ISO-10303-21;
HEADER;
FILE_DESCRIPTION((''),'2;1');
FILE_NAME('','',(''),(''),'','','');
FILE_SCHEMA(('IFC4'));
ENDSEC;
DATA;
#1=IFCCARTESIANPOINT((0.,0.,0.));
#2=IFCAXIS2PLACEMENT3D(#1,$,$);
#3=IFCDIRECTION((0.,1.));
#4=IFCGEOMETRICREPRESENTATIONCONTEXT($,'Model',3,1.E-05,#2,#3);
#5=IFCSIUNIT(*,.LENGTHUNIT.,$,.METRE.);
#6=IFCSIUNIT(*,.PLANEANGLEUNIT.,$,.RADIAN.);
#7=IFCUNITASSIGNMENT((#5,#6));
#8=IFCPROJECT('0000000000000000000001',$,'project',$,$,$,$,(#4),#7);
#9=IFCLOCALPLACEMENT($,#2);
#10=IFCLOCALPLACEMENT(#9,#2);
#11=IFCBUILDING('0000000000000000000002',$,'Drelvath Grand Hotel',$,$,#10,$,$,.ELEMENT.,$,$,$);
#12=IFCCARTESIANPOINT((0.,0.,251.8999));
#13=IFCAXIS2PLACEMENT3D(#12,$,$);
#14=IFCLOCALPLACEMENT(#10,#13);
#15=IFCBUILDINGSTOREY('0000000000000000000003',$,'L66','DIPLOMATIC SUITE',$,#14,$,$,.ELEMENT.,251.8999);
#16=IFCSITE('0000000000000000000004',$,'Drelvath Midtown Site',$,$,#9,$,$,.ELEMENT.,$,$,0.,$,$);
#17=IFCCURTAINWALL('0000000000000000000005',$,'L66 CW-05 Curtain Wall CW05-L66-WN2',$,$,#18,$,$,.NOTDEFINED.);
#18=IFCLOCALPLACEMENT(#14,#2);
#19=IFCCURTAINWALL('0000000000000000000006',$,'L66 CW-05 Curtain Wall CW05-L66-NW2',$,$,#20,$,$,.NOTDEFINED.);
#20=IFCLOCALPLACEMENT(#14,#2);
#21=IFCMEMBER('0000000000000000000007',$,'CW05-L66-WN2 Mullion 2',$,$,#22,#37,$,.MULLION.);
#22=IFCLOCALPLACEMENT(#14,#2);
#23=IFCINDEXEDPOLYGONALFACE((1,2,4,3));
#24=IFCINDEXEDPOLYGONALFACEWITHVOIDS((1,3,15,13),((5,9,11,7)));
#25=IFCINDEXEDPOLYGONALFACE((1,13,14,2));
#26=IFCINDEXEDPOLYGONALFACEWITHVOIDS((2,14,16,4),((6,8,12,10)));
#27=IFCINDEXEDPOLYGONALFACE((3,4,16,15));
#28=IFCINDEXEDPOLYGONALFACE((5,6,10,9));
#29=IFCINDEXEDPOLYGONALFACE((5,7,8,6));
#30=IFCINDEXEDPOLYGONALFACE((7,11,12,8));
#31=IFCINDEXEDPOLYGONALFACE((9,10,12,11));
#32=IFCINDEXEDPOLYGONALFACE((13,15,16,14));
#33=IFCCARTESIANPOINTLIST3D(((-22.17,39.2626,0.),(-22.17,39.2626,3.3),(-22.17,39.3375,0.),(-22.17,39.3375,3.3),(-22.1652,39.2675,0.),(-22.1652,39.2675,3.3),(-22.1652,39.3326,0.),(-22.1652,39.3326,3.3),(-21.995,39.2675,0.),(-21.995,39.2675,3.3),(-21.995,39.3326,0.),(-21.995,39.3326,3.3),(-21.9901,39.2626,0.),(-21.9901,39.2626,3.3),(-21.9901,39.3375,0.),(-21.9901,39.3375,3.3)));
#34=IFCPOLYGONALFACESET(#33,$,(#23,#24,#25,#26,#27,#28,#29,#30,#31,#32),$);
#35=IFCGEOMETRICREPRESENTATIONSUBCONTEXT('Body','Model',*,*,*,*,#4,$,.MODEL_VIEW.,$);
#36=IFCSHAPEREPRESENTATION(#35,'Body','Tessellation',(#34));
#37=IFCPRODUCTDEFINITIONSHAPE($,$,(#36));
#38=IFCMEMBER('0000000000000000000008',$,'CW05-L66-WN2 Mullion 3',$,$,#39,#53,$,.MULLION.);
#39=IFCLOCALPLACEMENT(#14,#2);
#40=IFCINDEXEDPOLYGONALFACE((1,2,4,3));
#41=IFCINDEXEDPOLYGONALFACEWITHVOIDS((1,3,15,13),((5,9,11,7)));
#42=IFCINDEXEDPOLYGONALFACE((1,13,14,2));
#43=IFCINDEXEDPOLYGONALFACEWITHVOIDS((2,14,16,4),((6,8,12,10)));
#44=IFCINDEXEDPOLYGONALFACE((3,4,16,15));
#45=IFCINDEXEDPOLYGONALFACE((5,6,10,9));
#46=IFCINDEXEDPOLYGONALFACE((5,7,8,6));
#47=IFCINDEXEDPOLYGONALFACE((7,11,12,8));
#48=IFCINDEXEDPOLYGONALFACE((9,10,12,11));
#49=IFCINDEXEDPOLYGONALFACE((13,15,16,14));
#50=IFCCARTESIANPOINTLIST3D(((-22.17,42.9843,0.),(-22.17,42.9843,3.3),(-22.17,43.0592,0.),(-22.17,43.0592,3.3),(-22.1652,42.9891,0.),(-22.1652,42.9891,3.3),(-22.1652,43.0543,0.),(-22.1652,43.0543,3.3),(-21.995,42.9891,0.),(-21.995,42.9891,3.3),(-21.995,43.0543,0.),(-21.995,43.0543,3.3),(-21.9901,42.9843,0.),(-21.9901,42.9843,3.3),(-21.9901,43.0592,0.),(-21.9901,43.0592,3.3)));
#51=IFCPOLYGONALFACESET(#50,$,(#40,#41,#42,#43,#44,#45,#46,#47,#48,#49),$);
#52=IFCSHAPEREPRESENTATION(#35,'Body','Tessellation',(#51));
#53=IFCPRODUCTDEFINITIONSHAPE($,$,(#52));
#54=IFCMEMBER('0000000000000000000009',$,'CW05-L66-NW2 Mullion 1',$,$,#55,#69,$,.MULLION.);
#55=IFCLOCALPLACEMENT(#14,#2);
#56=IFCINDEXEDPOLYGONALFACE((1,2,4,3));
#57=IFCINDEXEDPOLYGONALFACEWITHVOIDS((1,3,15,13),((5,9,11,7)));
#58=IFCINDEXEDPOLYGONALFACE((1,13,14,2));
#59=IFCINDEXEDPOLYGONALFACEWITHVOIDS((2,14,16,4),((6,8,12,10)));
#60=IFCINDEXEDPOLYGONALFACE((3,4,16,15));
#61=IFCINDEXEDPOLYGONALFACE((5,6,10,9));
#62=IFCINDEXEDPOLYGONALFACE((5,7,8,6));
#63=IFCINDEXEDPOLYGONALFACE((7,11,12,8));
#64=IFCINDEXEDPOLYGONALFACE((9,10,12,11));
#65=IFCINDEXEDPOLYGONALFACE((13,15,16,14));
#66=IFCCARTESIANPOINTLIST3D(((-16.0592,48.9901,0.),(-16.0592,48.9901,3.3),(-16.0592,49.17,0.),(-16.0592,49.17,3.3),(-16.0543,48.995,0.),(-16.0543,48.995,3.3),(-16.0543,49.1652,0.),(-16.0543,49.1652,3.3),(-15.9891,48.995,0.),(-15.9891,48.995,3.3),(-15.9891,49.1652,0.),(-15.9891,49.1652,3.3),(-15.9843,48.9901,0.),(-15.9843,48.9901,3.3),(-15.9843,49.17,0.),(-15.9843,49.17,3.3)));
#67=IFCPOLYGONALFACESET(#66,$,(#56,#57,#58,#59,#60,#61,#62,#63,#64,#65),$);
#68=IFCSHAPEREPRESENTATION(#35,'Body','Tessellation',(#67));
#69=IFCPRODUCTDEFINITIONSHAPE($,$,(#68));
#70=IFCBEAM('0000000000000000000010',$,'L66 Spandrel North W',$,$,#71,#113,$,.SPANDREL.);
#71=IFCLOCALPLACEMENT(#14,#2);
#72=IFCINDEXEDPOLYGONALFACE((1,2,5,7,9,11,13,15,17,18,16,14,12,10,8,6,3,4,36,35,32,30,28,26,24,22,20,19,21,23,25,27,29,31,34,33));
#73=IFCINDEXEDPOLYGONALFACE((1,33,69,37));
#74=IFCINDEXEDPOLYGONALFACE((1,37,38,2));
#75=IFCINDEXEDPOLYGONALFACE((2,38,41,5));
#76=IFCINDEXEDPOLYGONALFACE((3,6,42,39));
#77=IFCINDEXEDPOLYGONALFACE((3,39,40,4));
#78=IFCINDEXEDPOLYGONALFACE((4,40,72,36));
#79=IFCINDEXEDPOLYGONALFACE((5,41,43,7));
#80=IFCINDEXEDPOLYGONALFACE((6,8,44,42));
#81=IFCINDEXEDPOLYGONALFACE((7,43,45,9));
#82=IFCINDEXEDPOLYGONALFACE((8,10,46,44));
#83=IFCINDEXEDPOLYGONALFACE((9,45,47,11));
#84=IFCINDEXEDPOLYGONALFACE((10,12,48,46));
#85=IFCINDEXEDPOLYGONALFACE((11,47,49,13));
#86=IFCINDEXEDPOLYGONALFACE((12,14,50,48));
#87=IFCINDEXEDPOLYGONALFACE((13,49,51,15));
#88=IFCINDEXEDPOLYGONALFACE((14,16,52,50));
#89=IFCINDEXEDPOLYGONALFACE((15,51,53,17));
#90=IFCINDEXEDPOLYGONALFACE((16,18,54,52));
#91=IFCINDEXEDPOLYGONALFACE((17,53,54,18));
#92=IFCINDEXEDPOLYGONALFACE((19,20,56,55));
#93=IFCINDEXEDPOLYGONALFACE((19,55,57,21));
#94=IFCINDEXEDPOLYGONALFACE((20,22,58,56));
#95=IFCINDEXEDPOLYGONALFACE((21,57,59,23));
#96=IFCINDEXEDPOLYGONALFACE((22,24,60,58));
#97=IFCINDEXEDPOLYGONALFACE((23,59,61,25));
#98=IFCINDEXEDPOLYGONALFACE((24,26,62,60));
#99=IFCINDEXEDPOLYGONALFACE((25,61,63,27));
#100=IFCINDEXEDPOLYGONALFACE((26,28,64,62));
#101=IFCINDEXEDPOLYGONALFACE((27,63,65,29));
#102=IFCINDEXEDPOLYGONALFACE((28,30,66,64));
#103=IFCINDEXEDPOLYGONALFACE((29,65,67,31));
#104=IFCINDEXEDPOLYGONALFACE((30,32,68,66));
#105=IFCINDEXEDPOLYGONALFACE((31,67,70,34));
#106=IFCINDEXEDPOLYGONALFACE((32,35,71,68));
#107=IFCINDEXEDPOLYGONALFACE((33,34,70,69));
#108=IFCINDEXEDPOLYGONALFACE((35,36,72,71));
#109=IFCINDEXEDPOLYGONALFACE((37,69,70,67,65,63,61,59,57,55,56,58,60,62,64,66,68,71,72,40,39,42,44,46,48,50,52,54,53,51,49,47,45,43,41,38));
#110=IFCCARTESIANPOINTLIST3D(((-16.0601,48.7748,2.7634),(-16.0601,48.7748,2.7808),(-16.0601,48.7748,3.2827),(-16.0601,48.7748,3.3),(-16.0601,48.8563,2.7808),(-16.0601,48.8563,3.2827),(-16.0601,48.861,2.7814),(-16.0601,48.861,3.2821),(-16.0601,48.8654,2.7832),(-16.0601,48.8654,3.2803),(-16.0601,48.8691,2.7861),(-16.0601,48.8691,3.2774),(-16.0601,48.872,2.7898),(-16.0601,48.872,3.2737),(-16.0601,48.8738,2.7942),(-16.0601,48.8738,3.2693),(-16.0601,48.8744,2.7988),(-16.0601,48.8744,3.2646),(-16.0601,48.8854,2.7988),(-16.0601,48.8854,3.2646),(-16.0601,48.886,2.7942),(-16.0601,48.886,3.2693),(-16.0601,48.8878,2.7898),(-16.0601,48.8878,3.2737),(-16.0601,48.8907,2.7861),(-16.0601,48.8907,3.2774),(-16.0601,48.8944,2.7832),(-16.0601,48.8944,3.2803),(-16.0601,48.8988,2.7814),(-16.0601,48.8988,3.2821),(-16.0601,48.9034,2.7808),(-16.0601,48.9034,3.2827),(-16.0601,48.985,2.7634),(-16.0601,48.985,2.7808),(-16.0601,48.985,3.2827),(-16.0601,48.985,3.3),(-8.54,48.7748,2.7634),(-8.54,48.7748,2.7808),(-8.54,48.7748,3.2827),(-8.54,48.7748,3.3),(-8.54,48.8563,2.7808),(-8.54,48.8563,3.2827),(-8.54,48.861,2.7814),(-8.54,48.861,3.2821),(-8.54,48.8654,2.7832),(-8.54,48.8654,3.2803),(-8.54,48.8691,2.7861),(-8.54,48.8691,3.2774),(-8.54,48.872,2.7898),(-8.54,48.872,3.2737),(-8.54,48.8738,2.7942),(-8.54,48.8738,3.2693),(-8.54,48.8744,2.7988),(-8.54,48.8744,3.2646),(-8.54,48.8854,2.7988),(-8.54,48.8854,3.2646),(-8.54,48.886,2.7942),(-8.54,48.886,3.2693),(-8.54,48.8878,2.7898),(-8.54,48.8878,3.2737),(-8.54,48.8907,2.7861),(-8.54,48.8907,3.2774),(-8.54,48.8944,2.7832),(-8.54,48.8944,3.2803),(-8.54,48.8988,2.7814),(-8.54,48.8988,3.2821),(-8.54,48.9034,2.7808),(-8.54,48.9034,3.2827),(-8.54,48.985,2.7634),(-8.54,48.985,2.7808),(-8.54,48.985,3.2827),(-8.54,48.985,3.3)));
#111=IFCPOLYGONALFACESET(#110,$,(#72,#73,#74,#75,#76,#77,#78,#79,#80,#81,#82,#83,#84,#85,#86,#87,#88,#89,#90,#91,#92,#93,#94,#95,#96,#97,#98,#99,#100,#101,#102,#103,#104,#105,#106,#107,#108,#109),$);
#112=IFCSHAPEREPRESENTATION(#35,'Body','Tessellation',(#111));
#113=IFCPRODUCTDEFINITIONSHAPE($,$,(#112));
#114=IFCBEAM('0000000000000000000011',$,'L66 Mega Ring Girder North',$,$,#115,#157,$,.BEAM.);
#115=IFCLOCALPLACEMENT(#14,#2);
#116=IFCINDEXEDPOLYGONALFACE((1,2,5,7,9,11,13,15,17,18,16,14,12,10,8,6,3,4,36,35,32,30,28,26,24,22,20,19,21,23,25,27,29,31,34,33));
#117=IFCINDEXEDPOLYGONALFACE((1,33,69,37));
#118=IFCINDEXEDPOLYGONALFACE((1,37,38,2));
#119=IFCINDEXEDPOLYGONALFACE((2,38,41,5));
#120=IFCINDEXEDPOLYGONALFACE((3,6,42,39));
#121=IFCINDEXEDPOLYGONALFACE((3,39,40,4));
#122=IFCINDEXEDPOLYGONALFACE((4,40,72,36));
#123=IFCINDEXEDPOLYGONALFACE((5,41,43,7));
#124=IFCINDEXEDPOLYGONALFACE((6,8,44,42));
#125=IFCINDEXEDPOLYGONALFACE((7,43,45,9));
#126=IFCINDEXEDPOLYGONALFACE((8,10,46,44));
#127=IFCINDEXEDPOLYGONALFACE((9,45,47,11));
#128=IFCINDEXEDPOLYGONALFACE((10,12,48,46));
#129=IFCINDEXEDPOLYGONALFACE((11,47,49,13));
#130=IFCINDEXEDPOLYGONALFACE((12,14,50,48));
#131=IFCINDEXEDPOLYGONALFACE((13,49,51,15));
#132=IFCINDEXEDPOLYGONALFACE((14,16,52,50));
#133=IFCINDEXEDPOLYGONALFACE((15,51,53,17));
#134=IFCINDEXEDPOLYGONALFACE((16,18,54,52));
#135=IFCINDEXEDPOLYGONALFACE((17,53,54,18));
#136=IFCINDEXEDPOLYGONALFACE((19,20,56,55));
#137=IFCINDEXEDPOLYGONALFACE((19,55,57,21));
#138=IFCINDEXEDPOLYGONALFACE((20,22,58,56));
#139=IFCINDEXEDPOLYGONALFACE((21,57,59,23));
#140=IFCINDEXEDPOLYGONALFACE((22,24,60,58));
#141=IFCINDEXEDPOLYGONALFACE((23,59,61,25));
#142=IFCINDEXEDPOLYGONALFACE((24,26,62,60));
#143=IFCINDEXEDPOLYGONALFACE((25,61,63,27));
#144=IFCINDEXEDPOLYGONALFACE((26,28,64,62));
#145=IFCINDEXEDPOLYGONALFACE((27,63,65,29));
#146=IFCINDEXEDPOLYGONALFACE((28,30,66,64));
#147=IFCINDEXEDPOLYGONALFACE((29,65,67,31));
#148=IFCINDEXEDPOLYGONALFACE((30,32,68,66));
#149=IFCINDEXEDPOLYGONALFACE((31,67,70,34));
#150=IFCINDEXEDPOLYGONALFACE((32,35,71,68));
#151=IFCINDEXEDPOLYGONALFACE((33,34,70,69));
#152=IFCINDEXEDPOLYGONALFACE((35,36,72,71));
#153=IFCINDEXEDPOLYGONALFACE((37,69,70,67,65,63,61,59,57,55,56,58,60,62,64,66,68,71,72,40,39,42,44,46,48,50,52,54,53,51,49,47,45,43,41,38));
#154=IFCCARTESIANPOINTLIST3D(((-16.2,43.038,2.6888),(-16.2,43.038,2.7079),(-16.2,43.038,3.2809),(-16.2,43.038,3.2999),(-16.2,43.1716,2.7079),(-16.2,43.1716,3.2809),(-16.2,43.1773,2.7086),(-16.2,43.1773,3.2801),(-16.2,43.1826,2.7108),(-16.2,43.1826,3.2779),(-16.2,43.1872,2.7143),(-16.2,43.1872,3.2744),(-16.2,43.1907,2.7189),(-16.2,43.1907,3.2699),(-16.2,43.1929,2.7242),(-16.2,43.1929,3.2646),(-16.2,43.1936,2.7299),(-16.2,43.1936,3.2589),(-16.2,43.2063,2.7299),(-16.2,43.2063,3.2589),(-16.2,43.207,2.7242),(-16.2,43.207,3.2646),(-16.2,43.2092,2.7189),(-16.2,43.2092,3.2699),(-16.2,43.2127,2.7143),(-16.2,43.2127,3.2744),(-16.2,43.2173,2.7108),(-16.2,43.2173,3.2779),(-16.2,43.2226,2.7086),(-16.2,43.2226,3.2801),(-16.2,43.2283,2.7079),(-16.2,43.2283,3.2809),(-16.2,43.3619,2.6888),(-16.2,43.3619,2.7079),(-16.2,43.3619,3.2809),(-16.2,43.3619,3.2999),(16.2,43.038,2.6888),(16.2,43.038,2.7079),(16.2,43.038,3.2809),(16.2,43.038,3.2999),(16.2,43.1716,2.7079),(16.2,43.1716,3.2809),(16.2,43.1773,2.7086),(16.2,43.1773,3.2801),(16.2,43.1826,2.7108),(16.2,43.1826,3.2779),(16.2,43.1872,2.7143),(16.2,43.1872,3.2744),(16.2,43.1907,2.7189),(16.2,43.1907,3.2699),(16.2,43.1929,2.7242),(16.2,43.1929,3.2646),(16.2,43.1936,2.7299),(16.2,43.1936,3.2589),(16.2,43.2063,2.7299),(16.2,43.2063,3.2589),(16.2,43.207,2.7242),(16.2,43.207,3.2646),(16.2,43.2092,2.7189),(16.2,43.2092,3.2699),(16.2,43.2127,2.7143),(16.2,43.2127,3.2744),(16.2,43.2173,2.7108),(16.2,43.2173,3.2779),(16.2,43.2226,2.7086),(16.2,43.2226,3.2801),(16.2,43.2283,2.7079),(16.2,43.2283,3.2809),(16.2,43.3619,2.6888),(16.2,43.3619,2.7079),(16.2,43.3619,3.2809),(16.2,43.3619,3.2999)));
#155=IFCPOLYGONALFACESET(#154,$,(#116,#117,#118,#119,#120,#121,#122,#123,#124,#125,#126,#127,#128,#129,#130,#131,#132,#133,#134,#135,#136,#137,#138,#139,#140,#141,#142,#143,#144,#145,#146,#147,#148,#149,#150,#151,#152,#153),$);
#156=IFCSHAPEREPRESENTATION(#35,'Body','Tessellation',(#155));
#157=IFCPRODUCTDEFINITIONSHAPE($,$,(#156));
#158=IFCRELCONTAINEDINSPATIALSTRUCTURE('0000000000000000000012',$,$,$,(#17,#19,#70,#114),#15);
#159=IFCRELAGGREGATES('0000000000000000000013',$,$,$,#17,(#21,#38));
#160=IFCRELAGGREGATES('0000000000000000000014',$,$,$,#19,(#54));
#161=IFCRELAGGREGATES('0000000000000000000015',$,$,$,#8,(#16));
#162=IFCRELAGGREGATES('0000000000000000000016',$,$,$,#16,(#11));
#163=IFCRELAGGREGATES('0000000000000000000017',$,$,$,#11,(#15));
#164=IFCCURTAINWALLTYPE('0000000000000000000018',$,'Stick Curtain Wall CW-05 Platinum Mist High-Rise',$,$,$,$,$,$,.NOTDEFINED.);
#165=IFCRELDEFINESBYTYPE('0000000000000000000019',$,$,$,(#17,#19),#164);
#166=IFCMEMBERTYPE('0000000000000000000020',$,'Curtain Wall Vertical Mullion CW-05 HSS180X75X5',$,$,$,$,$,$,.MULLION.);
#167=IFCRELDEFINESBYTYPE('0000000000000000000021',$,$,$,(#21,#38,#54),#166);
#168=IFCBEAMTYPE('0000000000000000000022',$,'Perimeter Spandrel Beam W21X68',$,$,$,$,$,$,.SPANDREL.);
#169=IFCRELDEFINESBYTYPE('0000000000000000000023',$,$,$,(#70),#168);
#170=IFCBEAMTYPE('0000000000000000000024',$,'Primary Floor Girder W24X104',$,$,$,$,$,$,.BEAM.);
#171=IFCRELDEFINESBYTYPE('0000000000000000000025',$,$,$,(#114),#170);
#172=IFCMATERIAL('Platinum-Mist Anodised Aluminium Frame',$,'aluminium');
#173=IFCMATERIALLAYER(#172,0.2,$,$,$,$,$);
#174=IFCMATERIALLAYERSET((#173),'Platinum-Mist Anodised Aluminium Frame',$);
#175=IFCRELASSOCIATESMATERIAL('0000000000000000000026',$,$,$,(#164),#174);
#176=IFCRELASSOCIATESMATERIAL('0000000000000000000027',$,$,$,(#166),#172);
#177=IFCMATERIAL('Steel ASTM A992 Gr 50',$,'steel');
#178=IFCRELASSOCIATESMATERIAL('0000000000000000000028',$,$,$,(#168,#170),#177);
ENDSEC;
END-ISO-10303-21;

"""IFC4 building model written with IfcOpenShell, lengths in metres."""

from ifc_helpers import new_model, si_unit, direction, frame, origin, origin_2d, place, context, subcontext, project, spatial, hollow_rectangle, i_section, extrude, material, layer, layer_set, material_profile, profile_set, type_object, element, aggregate, save


model = new_model("IFC4")

# Units and contexts
model_context = context("Model", 3, precision=1e-05, world=origin(), true_north=direction((0.0, 1.0)))
body_context = subcontext(model_context, "Body", "Model", "MODEL_VIEW")
ifc_project = project(units=[si_unit("LENGTHUNIT", "METRE"), si_unit("PLANEANGLEUNIT", "RADIAN")], contexts=[model_context])

# Site, building, storey
site_placement = place(None, origin())
site = spatial("IfcSite", under=ifc_project, at=site_placement, Name="Drelvath Midtown Site", CompositionType="ELEMENT", RefElevation=0.0)
building_placement = place(site_placement, origin())
building = spatial("IfcBuilding", under=site, at=building_placement, Name="Drelvath Grand Hotel", CompositionType="ELEMENT")
storey_placement = place(building_placement, frame((0.0, 0.0, 251.8999)))
storey = spatial("IfcBuildingStorey", under=building, at=storey_placement, Name="L66", Description="DIPLOMATIC SUITE", CompositionType="ELEMENT", Elevation=251.8999)

# Shared definitions
ifc_material_1 = material(Name="Steel ASTM A992 Gr 50", Category="steel")

# Curtain walls
ifc_material_2 = material(Name="Platinum-Mist Anodised Aluminium Frame", Category="aluminium")
ifc_layer_1 = layer(ifc_material_2, 0.2)
ifc_layer_set_1 = layer_set([ifc_layer_1], Name="Platinum-Mist Anodised Aluminium Frame")
curtain_wall_type = type_object("IfcCurtainWallType", Name="Stick Curtain Wall CW-05 Platinum Mist High-Rise", PredefinedType="NOTDEFINED", material=ifc_layer_set_1)
curtain_wall_1_placement = place(storey_placement, origin())
curtain_wall_1 = element("IfcCurtainWall", 1, at=curtain_wall_1_placement, inside=storey, type_object=curtain_wall_type, Name="L66 CW-05 Curtain Wall CW05-L66-WN2", PredefinedType="NOTDEFINED")
curtain_wall_2_placement = place(storey_placement, origin())
curtain_wall_2 = element("IfcCurtainWall", 2, at=curtain_wall_2_placement, inside=storey, type_object=curtain_wall_type, Name="L66 CW-05 Curtain Wall CW05-L66-NW2", PredefinedType="NOTDEFINED")

# Members
ifc_material_profile_1 = material_profile(ifc_material_2, hollow_rectangle(XDim=0.075, YDim=0.1799, WallThickness=0.0049, at=origin_2d()), Name="HSS180X75X5")
ifc_profile_set_1 = profile_set([ifc_material_profile_1], Name="Platinum-Mist Anodised Aluminium Frame")
member_type_1 = type_object("IfcMemberType", Name="Curtain Wall Vertical Mullion CW-05 HSS180X75X5", PredefinedType="MULLION", material=ifc_profile_set_1)
member_1_placement = place(storey_placement, frame((-22.0801, 39.3, 0.0), z_axis=(0.0, 0.0, 1.0), x_axis=(0.0, 1.0, 0.0)))
member_1 = element("IfcMember", 3, at=member_1_placement, type_object=member_type_1, Name="CW05-L66-WN2 Mullion 2", PredefinedType="MULLION", context=body_context, shape_type="SweptSolid", body=[
    extrude(hollow_rectangle(XDim=0.075, YDim=0.1799, WallThickness=0.0049, at=origin_2d()), origin(), (0.0, 0.0, 1.0), 3.3),
])
member_2_placement = place(storey_placement, frame((-22.0801, 43.0217, 0.0), z_axis=(0.0, 0.0, 1.0), x_axis=(0.0, 1.0, 0.0)))
member_2 = element("IfcMember", 4, at=member_2_placement, type_object=member_type_1, Name="CW05-L66-WN2 Mullion 3", PredefinedType="MULLION", context=body_context, shape_type="SweptSolid", body=[
    extrude(hollow_rectangle(XDim=0.075, YDim=0.1799, WallThickness=0.0049, at=origin_2d()), origin(), (0.0, 0.0, 1.0), 3.3),
])
member_3_placement = place(storey_placement, frame((-16.0217, 49.0801, 0.0), z_axis=(0.0, 0.0, 1.0), x_axis=(1.0, 0.0, 0.0)))
member_3 = element("IfcMember", 5, at=member_3_placement, type_object=member_type_1, Name="CW05-L66-NW2 Mullion 1", PredefinedType="MULLION", context=body_context, shape_type="SweptSolid", body=[
    extrude(hollow_rectangle(XDim=0.075, YDim=0.1799, WallThickness=0.0049, at=origin_2d()), origin(), (0.0, 0.0, 1.0), 3.3),
])

# Beams
ifc_material_profile_2 = material_profile(ifc_material_1, i_section(OverallWidth=0.2102, OverallDepth=0.5366, WebThickness=0.011, FlangeThickness=0.0173, FilletRadius=0.0181, at=origin_2d()), Name="W21X68")
ifc_profile_set_2 = profile_set([ifc_material_profile_2], Name="Steel ASTM A992 Gr 50")
beam_type_1 = type_object("IfcBeamType", Name="Perimeter Spandrel Beam W21X68", PredefinedType="SPANDREL", material=ifc_profile_set_2)
beam_1_placement = place(storey_placement, frame((-16.0601, 48.8799, 3.0317), z_axis=(1.0, 0.0, 0.0), x_axis=(0.0, 1.0, 0.0)))
element("IfcBeam", 6, at=beam_1_placement, inside=storey, type_object=beam_type_1, Name="L66 Spandrel North W", PredefinedType="SPANDREL", context=body_context, shape_type="SweptSolid", body=[
    extrude(i_section(OverallWidth=0.2102, OverallDepth=0.5366, WebThickness=0.011, FlangeThickness=0.0173, FilletRadius=0.0181, at=origin_2d()), origin(), (0.0, 0.0, 1.0), 7.52),
])
ifc_material_profile_3 = material_profile(ifc_material_1, i_section(OverallWidth=0.324, OverallDepth=0.6111, WebThickness=0.0127, FlangeThickness=0.019, FilletRadius=0.022, at=origin_2d()), Name="W24X104")
ifc_profile_set_3 = profile_set([ifc_material_profile_3], Name="Steel ASTM A992 Gr 50")
beam_type_2 = type_object("IfcBeamType", Name="Primary Floor Girder W24X104", PredefinedType="BEAM", material=ifc_profile_set_3)
beam_2_placement = place(storey_placement, frame((-16.2, 43.2, 2.9944), z_axis=(1.0, 0.0, 0.0), x_axis=(0.0, 1.0, 0.0)))
element("IfcBeam", 7, at=beam_2_placement, inside=storey, type_object=beam_type_2, Name="L66 Mega Ring Girder North", PredefinedType="BEAM", context=body_context, shape_type="SweptSolid", body=[
    extrude(i_section(OverallWidth=0.324, OverallDepth=0.6111, WebThickness=0.0127, FlangeThickness=0.019, FilletRadius=0.022, at=origin_2d()), origin(), (0.0, 0.0, 1.0), 32.3999),
])

aggregate(curtain_wall_1, [member_1, member_2])
aggregate(curtain_wall_2, [member_3])

save(model, "model.ifc")
